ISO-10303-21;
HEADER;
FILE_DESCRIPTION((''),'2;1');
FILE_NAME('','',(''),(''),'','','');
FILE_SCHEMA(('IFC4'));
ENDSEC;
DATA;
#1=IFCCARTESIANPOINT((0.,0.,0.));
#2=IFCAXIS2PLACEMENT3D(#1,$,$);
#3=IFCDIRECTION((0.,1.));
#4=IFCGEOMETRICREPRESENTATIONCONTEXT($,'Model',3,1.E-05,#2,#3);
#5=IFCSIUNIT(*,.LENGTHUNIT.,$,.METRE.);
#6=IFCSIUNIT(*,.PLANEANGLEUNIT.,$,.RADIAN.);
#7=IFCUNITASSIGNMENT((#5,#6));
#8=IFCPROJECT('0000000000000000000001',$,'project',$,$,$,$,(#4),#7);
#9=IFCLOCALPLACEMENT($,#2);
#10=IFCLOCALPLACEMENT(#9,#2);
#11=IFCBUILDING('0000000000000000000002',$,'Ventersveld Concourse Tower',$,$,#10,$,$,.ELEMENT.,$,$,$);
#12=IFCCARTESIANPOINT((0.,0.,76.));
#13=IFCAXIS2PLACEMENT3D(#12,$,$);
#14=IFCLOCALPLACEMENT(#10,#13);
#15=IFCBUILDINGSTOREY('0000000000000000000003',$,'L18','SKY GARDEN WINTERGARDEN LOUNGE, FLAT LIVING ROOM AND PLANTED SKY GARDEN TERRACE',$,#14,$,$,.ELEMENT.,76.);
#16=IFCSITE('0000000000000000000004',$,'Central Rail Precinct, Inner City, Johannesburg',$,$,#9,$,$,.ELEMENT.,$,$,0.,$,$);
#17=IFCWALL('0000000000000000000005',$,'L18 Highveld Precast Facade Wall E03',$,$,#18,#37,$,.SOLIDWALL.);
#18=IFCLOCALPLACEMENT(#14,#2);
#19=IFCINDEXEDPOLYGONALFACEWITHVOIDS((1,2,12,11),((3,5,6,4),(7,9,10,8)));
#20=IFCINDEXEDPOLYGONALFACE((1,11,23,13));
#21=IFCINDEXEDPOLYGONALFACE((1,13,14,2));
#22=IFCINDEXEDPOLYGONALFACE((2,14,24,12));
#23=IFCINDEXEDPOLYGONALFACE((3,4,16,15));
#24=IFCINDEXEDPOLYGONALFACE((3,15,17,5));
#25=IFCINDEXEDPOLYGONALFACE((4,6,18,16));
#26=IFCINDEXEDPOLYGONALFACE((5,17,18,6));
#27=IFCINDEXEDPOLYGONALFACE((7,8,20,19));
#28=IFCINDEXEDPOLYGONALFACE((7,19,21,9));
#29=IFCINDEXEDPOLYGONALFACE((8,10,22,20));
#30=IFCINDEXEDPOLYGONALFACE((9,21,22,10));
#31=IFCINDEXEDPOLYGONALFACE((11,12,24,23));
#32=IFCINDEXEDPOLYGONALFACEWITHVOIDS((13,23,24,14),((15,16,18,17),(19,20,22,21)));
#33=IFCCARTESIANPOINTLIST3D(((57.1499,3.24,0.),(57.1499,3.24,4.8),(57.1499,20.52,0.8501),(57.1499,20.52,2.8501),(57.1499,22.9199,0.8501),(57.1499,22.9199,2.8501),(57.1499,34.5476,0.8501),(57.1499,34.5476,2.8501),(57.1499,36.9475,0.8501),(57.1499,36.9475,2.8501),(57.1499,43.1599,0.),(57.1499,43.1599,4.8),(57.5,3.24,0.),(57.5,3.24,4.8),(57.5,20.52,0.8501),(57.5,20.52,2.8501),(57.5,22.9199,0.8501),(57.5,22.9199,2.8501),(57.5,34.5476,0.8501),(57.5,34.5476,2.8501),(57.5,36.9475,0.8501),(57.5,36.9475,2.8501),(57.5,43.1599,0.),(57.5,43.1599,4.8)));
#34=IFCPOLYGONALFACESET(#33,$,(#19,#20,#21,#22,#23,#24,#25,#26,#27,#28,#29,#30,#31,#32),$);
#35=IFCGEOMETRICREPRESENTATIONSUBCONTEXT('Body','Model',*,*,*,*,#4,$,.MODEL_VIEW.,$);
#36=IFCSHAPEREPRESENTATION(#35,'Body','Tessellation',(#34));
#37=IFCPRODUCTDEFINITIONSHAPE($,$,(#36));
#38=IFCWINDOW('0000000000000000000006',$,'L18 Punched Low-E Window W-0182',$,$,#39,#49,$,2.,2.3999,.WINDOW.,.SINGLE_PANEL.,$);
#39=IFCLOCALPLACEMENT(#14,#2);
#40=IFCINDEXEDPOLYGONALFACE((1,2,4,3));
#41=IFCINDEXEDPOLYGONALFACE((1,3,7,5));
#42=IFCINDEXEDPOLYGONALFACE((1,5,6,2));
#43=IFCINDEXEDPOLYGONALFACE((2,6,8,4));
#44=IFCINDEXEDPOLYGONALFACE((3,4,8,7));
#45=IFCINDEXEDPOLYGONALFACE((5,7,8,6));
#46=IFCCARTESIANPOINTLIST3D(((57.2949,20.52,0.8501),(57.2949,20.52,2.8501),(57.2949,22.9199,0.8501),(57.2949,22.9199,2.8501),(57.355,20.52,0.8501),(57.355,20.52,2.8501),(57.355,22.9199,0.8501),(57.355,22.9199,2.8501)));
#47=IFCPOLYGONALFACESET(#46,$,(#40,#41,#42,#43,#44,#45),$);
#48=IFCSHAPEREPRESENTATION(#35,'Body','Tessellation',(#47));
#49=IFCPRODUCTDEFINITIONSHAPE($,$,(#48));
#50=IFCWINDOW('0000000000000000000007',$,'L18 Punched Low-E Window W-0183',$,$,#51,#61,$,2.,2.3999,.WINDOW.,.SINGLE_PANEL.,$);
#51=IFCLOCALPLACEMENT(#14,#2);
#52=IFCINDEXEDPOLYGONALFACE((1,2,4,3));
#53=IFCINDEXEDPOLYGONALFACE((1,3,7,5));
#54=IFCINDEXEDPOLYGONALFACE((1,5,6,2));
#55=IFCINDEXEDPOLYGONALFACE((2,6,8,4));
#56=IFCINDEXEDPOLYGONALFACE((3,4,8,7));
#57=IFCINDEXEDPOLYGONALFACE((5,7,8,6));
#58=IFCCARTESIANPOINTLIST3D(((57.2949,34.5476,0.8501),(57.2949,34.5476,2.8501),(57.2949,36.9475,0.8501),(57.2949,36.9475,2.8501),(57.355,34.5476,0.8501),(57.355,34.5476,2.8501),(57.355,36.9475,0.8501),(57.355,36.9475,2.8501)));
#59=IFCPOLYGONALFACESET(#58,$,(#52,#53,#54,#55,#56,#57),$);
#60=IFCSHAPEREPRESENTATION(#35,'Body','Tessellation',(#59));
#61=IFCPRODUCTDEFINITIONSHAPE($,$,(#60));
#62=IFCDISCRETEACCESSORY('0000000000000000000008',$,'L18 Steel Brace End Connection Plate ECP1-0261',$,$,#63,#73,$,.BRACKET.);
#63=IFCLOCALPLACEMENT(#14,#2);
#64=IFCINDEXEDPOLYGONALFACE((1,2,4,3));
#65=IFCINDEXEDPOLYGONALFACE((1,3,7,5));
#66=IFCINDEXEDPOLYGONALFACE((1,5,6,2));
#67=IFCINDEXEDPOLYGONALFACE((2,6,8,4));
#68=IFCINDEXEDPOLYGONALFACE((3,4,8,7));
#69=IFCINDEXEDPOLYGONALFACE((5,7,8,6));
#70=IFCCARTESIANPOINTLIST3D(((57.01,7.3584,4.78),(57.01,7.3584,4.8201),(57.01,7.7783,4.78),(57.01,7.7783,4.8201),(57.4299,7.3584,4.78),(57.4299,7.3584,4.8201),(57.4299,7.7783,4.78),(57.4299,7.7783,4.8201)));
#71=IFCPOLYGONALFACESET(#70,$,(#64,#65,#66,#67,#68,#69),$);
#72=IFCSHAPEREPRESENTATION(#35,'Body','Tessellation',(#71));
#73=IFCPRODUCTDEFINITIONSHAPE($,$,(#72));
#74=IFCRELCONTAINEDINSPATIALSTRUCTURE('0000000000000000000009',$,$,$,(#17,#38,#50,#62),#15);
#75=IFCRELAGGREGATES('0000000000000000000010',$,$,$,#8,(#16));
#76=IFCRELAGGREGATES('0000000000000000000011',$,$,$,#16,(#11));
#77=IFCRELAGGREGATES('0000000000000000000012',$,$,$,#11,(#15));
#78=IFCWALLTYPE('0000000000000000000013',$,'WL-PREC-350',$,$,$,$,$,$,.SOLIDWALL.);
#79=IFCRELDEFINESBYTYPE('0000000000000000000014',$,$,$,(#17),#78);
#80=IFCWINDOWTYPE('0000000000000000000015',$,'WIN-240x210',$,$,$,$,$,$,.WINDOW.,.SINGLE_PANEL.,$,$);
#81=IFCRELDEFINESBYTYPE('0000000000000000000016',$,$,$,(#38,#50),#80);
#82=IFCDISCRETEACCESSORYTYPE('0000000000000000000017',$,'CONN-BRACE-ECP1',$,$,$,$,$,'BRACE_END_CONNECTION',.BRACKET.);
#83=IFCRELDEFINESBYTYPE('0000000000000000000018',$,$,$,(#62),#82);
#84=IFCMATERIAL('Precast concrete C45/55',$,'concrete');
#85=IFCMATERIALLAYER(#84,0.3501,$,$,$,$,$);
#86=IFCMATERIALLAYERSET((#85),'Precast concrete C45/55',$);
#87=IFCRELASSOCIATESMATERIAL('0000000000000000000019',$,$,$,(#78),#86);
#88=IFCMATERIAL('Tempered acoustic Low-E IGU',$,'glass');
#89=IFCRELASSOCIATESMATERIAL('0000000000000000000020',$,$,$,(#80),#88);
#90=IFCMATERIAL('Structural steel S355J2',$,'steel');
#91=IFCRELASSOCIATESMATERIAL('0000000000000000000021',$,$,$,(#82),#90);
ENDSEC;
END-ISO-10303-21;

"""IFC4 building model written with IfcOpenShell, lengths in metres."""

from ifc_helpers import new_model, si_unit, direction, frame, frame_2d, origin, origin_2d, place, context, subcontext, project, spatial, rectangle, extrude, material, layer, layer_set, type_object, element, fill, save


model = new_model("IFC4")

# Units and contexts
model_context = context("Model", 3, precision=1e-05, world=origin(), true_north=direction((0.0, 1.0)))
body_context = subcontext(model_context, "Body", "Model", "MODEL_VIEW")
ifc_project = project(units=[si_unit("LENGTHUNIT", "METRE"), si_unit("PLANEANGLEUNIT", "RADIAN")], contexts=[model_context])

# Site, building, storey
site_placement = place(None, origin())
site = spatial("IfcSite", under=ifc_project, at=site_placement, Name="Central Rail Precinct, Inner City, Johannesburg", CompositionType="ELEMENT", RefElevation=0.0)
building_placement = place(site_placement, origin())
building = spatial("IfcBuilding", under=site, at=building_placement, Name="Ventersveld Concourse Tower", CompositionType="ELEMENT")
storey_placement = place(building_placement, frame((0.0, 0.0, 76.0)))
storey = spatial("IfcBuildingStorey", under=building, at=storey_placement, Name="L18", Description="SKY GARDEN WINTERGARDEN LOUNGE, FLAT LIVING ROOM AND PLANTED SKY GARDEN TERRACE", CompositionType="ELEMENT", Elevation=76.0)

# Shared definitions
ifc_material_1 = material(Name="Structural steel S355J2", Category="steel")

# Shared definitions
ifc_material_2 = material(Name="Precast concrete C45/55", Category="concrete")
ifc_layer_1 = layer(ifc_material_2, 0.3501)
ifc_layer_set_1 = layer_set([ifc_layer_1], Name="Precast concrete C45/55")
wall_type_1 = type_object("IfcWallType", Name="WL-PREC-350", PredefinedType="SOLIDWALL", material=ifc_layer_set_1)
ifc_material_3 = material(Name="Tempered acoustic Low-E IGU", Category="glass")

# Wall, openings, windows
wall_1_placement = place(storey_placement, frame((57.325, 3.24, 0.0), z_axis=(0.0, 0.0, 1.0), x_axis=(0.0, 1.0, 0.0)))
wall_1 = element("IfcWall", 1, at=wall_1_placement, inside=storey, type_object=wall_type_1, Name="L18 Highveld Precast Facade Wall E03", PredefinedType="SOLIDWALL", context=body_context, shape_type="SweptSolid", body=[
    extrude(rectangle(XDim=39.9199, YDim=0.3501, at=frame_2d((19.96, 0.0))), origin(), (0.0, 0.0, 1.0), 4.8),
])
opening_1_placement = place(wall_1_placement, frame((17.28, 0.0, 0.8501)))
opening_1 = element("IfcOpeningElement", 2, at=opening_1_placement, cuts=wall_1, PredefinedType="OPENING", context=body_context, shape_type="SweptSolid", body=[
    extrude(rectangle(XDim=2.3999, YDim=2.0, at=frame_2d((1.2, 1.0))), frame((0.0, 0.1851, 0.0), z_axis=(0.0, -1.0, 0.0), x_axis=(1.0, 0.0, 0.0)), (0.0, 0.0, 1.0), 0.3701),
])
opening_2_placement = place(wall_1_placement, frame((31.3076, 0.0, 0.8501)))
opening_2 = element("IfcOpeningElement", 3, at=opening_2_placement, cuts=wall_1, PredefinedType="OPENING", context=body_context, shape_type="SweptSolid", body=[
    extrude(rectangle(XDim=2.3999, YDim=2.0, at=frame_2d((1.2, 1.0))), frame((0.0, 0.1851, 0.0), z_axis=(0.0, -1.0, 0.0), x_axis=(1.0, 0.0, 0.0)), (0.0, 0.0, 1.0), 0.3701),
])
window_type_1 = type_object("IfcWindowType", Name="WIN-240x210", PartitioningType="SINGLE_PANEL", PredefinedType="WINDOW", material=ifc_material_3)
window_1_placement = place(opening_1_placement, origin())
window_1 = element("IfcWindow", 4, at=window_1_placement, inside=storey, type_object=window_type_1, Name="L18 Punched Low-E Window W-0182", OverallHeight=2.0, OverallWidth=2.3999, PartitioningType="SINGLE_PANEL", PredefinedType="WINDOW", context=body_context, shape_type="SweptSolid", body=[
    extrude(rectangle(XDim=2.3999, YDim=2.0, at=frame_2d((1.2, 1.0))), frame((0.0, 0.03, 0.0), z_axis=(0.0, -1.0, 0.0), x_axis=(1.0, 0.0, 0.0)), (0.0, 0.0, 1.0), 0.0601),
])
fill(opening_1, window_1)
window_2_placement = place(opening_2_placement, origin())
window_2 = element("IfcWindow", 5, at=window_2_placement, inside=storey, type_object=window_type_1, Name="L18 Punched Low-E Window W-0183", OverallHeight=2.0, OverallWidth=2.3999, PartitioningType="SINGLE_PANEL", PredefinedType="WINDOW", context=body_context, shape_type="SweptSolid", body=[
    extrude(rectangle(XDim=2.3999, YDim=2.0, at=frame_2d((1.2, 1.0))), frame((0.0, 0.03, 0.0), z_axis=(0.0, -1.0, 0.0), x_axis=(1.0, 0.0, 0.0)), (0.0, 0.0, 1.0), 0.0601),
])
fill(opening_2, window_2)

# Discrete accessory
discrete_accessory_type = type_object("IfcDiscreteAccessoryType", Name="CONN-BRACE-ECP1", ElementType="BRACE_END_CONNECTION", PredefinedType="BRACKET", material=ifc_material_1)
discrete_accessory_placement = place(storey_placement, frame((57.22, 7.5684, 4.78), z_axis=(0.0, 0.0, 1.0), x_axis=(1.0, 0.0, 0.0)))
element("IfcDiscreteAccessory", 6, at=discrete_accessory_placement, inside=storey, type_object=discrete_accessory_type, Name="L18 Steel Brace End Connection Plate ECP1-0261", PredefinedType="BRACKET", context=body_context, shape_type="SweptSolid", body=[
    extrude(rectangle(XDim=0.4199, YDim=0.4199, at=origin_2d()), origin(), (0.0, 0.0, 1.0), 0.04),
])

save(model, "model.ifc")
